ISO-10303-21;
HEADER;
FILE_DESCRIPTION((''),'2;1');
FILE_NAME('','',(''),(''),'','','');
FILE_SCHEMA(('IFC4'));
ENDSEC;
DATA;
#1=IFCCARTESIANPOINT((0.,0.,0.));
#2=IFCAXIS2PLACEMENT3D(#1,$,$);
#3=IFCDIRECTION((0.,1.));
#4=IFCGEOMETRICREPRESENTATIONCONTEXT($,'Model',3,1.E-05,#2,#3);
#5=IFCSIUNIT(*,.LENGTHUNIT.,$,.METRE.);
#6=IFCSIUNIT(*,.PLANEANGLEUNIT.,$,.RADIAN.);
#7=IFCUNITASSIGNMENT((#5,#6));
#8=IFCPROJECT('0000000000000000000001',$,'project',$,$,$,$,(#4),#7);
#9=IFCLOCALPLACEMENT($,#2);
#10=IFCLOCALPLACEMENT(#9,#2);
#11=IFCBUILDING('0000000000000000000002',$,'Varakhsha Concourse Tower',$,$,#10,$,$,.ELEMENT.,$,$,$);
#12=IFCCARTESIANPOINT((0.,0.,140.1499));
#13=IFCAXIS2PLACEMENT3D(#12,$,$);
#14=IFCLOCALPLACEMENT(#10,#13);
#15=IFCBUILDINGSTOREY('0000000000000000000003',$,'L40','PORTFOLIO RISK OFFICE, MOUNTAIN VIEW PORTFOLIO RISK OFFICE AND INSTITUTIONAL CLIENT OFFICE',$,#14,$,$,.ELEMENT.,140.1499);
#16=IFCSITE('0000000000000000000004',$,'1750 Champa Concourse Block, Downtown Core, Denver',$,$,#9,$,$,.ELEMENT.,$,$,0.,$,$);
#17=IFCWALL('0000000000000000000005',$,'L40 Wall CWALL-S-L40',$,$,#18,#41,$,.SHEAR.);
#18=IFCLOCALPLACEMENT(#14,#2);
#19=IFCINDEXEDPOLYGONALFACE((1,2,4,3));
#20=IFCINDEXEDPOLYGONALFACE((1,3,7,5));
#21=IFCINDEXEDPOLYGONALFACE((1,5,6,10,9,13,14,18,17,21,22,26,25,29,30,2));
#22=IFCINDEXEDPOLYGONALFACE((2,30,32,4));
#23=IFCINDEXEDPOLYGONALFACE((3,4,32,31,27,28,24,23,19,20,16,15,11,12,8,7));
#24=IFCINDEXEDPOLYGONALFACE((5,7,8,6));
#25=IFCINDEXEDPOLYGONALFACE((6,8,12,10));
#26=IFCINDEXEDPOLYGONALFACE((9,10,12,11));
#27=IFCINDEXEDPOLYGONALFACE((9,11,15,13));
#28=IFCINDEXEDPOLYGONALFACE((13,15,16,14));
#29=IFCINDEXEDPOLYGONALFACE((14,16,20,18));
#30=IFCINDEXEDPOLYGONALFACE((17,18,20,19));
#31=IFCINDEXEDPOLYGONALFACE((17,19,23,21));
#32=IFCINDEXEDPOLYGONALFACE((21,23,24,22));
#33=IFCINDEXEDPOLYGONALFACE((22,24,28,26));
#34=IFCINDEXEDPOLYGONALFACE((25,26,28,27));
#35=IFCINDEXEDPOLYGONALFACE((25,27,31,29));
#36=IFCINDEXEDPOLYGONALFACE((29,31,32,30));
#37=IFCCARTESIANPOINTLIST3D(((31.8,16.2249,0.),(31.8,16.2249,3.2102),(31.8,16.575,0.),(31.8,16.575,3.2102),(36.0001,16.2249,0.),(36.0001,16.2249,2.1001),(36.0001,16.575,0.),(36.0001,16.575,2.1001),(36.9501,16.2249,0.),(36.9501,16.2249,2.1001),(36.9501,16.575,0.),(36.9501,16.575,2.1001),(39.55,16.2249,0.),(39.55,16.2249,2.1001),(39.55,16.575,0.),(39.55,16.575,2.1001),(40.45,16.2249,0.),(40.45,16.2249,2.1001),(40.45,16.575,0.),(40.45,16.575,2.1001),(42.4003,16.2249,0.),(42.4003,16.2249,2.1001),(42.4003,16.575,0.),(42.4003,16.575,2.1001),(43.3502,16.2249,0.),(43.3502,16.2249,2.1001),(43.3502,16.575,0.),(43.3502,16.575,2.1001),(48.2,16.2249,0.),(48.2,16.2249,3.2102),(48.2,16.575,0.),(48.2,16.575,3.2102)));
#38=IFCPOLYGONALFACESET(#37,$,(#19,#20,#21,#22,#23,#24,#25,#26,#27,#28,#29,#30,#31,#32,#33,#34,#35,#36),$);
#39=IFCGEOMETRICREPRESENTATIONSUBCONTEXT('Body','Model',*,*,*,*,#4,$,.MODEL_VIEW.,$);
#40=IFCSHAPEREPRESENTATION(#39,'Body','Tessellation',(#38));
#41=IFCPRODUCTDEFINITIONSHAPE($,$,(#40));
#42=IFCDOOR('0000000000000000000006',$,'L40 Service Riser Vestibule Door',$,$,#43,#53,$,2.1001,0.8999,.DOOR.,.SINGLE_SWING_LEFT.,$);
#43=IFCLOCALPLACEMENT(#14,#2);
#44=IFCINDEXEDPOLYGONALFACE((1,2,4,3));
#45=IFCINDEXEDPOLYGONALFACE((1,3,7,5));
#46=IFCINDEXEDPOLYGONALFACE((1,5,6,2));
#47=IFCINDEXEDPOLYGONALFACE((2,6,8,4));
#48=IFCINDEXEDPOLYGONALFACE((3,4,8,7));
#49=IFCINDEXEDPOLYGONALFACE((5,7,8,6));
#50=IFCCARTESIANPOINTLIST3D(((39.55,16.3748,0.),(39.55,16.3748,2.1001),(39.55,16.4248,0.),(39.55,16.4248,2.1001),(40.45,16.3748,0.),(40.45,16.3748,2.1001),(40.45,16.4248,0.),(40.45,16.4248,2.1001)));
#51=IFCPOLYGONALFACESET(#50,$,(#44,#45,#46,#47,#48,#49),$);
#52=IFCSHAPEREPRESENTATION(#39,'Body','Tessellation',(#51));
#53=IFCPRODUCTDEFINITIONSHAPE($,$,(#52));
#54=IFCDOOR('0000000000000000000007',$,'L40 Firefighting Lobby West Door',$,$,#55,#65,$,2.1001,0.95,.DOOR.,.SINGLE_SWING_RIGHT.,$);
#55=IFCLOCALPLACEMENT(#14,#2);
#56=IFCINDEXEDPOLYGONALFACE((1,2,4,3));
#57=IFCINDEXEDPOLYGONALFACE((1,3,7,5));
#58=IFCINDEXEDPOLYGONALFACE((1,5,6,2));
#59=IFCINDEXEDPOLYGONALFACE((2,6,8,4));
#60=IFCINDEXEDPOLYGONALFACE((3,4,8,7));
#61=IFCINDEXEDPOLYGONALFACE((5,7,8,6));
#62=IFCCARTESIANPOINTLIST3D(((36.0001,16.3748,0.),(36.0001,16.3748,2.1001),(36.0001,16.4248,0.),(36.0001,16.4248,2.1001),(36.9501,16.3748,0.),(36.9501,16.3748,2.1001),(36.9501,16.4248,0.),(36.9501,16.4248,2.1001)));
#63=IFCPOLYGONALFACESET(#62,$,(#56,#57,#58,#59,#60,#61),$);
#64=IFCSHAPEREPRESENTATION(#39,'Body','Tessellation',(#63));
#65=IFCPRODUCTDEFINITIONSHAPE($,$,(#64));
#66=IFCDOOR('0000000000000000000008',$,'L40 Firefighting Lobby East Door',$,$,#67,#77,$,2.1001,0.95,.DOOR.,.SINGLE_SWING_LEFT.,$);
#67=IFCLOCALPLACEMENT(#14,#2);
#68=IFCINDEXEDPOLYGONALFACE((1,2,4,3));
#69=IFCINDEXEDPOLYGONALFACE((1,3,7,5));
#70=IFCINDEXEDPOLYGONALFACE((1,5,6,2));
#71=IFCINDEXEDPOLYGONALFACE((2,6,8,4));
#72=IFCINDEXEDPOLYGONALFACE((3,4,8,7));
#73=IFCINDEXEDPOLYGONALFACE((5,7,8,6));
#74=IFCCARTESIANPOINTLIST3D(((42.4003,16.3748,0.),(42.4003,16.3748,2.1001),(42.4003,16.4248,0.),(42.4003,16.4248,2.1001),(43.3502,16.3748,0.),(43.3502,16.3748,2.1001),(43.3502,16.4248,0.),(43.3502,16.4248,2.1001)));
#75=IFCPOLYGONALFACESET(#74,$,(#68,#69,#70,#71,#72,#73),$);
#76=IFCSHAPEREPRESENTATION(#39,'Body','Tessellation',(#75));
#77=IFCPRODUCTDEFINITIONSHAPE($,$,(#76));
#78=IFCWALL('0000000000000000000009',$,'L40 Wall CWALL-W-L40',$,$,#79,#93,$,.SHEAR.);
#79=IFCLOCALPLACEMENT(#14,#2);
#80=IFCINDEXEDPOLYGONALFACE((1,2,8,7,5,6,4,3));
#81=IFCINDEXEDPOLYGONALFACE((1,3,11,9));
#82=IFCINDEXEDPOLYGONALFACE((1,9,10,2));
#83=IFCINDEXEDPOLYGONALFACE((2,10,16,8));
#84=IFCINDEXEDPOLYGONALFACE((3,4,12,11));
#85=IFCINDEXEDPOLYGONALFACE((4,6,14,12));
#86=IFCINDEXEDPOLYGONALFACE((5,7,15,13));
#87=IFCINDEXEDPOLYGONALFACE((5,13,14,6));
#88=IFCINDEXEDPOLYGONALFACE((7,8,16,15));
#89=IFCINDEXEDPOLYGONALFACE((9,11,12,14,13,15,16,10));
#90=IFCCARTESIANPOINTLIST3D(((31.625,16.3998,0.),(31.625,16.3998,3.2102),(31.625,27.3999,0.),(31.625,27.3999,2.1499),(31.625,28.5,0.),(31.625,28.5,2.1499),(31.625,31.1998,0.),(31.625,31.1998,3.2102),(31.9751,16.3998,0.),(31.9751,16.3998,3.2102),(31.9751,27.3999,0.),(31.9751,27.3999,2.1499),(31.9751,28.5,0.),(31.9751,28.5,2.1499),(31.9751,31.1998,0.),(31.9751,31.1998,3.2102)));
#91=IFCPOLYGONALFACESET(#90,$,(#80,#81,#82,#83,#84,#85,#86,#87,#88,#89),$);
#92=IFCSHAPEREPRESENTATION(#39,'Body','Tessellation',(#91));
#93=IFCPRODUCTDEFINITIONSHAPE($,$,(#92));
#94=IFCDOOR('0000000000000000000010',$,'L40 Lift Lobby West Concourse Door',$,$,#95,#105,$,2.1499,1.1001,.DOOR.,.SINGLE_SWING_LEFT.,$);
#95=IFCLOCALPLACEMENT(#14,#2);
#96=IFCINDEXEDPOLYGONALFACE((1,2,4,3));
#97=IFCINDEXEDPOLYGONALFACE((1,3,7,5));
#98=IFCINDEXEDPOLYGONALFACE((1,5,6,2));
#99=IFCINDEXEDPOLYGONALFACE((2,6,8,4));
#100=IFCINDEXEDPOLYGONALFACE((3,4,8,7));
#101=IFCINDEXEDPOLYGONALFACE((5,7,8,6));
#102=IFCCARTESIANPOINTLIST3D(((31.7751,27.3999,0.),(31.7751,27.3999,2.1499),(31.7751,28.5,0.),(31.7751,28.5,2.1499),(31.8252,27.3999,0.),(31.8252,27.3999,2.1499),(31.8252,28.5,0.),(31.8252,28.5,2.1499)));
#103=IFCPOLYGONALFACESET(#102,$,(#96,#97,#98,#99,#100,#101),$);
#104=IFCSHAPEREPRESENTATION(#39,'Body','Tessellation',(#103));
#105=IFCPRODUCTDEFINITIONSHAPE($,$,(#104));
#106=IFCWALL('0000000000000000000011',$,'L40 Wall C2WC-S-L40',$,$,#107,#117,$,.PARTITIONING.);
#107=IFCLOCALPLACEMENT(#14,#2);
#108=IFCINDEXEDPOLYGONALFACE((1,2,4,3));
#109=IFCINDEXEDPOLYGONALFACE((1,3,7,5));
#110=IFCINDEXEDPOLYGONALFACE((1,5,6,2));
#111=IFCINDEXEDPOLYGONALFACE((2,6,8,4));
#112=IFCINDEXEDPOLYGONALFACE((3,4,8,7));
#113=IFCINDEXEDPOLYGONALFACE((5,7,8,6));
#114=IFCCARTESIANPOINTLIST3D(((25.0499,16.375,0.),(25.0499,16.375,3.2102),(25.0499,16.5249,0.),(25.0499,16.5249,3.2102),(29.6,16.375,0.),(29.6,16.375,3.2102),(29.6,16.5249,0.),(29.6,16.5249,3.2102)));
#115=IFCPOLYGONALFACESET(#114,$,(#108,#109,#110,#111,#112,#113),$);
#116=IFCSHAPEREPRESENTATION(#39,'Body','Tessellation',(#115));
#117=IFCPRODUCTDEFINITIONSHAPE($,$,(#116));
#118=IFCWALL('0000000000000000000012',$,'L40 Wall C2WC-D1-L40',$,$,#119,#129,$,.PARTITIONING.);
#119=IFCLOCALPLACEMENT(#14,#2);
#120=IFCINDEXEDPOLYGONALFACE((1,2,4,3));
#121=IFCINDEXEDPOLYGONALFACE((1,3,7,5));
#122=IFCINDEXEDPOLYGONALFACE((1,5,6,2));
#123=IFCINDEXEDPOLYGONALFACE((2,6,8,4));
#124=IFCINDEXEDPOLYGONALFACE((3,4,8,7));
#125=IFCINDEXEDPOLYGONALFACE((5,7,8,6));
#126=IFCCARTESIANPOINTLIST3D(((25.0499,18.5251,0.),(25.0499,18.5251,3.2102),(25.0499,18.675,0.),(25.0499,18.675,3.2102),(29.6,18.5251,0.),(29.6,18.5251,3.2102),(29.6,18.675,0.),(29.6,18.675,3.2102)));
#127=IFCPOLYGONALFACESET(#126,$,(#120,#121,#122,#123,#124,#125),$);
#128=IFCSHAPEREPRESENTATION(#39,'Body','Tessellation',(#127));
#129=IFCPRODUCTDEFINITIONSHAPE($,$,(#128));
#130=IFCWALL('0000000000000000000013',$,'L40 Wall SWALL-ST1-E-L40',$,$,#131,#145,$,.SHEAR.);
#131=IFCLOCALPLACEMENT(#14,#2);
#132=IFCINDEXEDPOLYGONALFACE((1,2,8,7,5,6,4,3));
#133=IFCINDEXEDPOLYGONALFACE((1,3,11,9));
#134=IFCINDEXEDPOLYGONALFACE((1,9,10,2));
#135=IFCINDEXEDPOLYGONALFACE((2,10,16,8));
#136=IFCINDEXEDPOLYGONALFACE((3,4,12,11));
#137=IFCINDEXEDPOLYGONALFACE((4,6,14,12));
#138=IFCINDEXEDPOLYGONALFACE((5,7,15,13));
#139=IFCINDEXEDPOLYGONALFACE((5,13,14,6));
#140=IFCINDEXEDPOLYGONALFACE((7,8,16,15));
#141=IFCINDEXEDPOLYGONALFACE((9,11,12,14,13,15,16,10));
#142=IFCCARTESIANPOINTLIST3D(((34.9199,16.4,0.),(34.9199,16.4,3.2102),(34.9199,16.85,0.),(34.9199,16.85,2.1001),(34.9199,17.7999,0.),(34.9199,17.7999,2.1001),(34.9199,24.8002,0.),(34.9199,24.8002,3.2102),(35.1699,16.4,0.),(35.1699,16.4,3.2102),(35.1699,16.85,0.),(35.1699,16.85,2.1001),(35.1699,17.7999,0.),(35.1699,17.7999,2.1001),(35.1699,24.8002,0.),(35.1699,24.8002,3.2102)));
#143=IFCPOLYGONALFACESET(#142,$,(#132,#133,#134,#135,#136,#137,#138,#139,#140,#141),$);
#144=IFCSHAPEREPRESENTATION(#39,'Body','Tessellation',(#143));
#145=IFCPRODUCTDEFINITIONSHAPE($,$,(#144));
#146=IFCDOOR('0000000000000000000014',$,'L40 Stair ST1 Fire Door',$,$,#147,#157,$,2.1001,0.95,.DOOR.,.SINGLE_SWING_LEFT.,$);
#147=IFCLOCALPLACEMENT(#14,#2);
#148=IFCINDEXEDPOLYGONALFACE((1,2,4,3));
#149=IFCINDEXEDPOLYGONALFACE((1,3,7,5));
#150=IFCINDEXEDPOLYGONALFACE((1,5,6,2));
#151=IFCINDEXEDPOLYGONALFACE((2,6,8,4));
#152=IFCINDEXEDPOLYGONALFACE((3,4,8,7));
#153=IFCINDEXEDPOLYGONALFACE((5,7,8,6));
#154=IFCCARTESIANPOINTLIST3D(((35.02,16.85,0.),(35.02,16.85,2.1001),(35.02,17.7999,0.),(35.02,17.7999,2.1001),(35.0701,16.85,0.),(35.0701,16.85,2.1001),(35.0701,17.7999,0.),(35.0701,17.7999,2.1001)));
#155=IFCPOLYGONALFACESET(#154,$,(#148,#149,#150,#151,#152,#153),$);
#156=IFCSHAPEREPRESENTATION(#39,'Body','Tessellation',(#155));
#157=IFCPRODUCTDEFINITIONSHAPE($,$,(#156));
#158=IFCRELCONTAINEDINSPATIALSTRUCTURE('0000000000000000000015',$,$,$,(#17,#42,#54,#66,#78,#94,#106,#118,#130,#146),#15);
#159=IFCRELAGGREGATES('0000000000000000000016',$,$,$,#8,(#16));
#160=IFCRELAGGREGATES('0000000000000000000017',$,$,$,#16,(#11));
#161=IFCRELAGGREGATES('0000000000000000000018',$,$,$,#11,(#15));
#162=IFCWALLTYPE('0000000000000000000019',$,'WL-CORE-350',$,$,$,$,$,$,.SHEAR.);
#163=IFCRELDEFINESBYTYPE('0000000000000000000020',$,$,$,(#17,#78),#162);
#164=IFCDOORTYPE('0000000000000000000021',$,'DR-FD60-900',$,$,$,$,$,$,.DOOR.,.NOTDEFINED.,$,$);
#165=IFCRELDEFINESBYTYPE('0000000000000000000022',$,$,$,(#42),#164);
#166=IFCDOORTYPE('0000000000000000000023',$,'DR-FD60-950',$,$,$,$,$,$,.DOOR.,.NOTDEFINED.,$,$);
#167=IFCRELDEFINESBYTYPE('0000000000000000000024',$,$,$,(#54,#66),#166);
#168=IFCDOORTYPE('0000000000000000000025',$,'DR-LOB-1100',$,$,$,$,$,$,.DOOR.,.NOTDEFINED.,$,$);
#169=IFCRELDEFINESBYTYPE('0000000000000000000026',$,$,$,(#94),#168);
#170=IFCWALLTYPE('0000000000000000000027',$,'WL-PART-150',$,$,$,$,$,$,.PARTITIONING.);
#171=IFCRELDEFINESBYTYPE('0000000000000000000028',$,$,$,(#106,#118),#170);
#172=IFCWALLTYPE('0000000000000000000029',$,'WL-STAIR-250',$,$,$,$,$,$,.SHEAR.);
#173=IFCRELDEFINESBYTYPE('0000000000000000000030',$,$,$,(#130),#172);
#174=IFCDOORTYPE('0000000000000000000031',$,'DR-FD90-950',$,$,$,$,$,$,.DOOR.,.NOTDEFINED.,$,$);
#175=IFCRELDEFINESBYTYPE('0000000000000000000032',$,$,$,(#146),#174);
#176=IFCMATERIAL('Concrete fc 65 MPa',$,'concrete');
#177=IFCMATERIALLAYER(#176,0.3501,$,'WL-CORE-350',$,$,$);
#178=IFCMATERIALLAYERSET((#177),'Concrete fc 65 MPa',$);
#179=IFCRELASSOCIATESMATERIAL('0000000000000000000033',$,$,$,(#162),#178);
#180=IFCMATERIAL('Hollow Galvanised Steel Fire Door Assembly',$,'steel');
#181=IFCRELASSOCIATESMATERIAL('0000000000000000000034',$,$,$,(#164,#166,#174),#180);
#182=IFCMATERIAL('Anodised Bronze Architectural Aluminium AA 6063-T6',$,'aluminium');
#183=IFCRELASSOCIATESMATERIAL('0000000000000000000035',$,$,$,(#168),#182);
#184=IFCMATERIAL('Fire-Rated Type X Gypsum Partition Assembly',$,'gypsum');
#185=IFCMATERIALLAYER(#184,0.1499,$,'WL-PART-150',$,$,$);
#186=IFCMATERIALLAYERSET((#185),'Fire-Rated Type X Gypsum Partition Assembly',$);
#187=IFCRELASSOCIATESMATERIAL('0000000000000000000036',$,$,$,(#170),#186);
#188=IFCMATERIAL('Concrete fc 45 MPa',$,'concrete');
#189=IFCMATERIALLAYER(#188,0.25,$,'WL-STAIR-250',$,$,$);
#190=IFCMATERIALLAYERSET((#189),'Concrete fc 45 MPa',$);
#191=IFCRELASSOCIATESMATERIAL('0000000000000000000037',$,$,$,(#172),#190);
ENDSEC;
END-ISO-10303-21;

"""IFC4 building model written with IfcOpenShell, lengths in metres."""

from ifc_helpers import new_model, si_unit, direction, frame, frame_2d, origin, place, context, subcontext, project, spatial, rectangle, extrude, material, layer, layer_set, type_object, element, fill, save


model = new_model("IFC4")

# Units and contexts
model_context = context("Model", 3, precision=1e-05, world=origin(), true_north=direction((0.0, 1.0)))
body_context = subcontext(model_context, "Body", "Model", "MODEL_VIEW")
ifc_project = project(units=[si_unit("LENGTHUNIT", "METRE"), si_unit("PLANEANGLEUNIT", "RADIAN")], contexts=[model_context])

# Site, building, storey
site_placement = place(None, origin())
site = spatial("IfcSite", under=ifc_project, at=site_placement, Name="1750 Champa Concourse Block, Downtown Core, Denver", CompositionType="ELEMENT", RefElevation=0.0)
building_placement = place(site_placement, origin())
building = spatial("IfcBuilding", under=site, at=building_placement, Name="Varakhsha Concourse Tower", CompositionType="ELEMENT")
storey_placement = place(building_placement, frame((0.0, 0.0, 140.1499)))
storey = spatial("IfcBuildingStorey", under=building, at=storey_placement, Name="L40", Description="PORTFOLIO RISK OFFICE, MOUNTAIN VIEW PORTFOLIO RISK OFFICE AND INSTITUTIONAL CLIENT OFFICE", CompositionType="ELEMENT", Elevation=140.1499)

# Shared definitions
ifc_material_1 = material(Name="Concrete fc 65 MPa", Category="concrete")

# Wall, openings, doors
ifc_layer_1 = layer(ifc_material_1, 0.3501, Name="WL-CORE-350")
ifc_layer_set_1 = layer_set([ifc_layer_1], Name="Concrete fc 65 MPa")
wall_type_1 = type_object("IfcWallType", Name="WL-CORE-350", PredefinedType="SHEAR", material=ifc_layer_set_1)
wall_1_placement = place(storey_placement, frame((31.8, 16.3999, 0.0), z_axis=(0.0, 0.0, 1.0), x_axis=(1.0, 0.0, 0.0)))
wall_1 = element("IfcWall", 1, at=wall_1_placement, inside=storey, type_object=wall_type_1, Name="L40 Wall CWALL-S-L40", PredefinedType="SHEAR", context=body_context, shape_type="SweptSolid", body=[
    extrude(rectangle(XDim=16.3999, YDim=0.3501, at=frame_2d((8.2, 0.0))), origin(), (0.0, 0.0, 1.0), 3.2102),
])
opening_1_placement = place(wall_1_placement, frame((7.75, 0.0, 0.0)))
opening_1 = element("IfcOpeningElement", 2, at=opening_1_placement, cuts=wall_1, PredefinedType="OPENING", context=body_context, shape_type="SweptSolid", body=[
    extrude(rectangle(XDim=0.8999, YDim=2.1001, at=frame_2d((0.45, 1.05))), frame((0.0, 0.1851, 0.0), z_axis=(0.0, -1.0, 0.0), x_axis=(1.0, 0.0, 0.0)), (0.0, 0.0, 1.0), 0.3701),
])
opening_2_placement = place(wall_1_placement, frame((4.2, 0.0, 0.0)))
opening_2 = element("IfcOpeningElement", 3, at=opening_2_placement, cuts=wall_1, PredefinedType="OPENING", context=body_context, shape_type="SweptSolid", body=[
    extrude(rectangle(XDim=0.95, YDim=2.1001, at=frame_2d((0.4751, 1.05))), frame((0.0, 0.1851, 0.0), z_axis=(0.0, -1.0, 0.0), x_axis=(1.0, 0.0, 0.0)), (0.0, 0.0, 1.0), 0.3701),
])
opening_3_placement = place(wall_1_placement, frame((10.6001, 0.0, 0.0)))
opening_3 = element("IfcOpeningElement", 4, at=opening_3_placement, cuts=wall_1, PredefinedType="OPENING", context=body_context, shape_type="SweptSolid", body=[
    extrude(rectangle(XDim=0.95, YDim=2.1001, at=frame_2d((0.4751, 1.05))), frame((0.0, 0.1851, 0.0), z_axis=(0.0, -1.0, 0.0), x_axis=(1.0, 0.0, 0.0)), (0.0, 0.0, 1.0), 0.3701),
])
ifc_material_2 = material(Name="Hollow Galvanised Steel Fire Door Assembly", Category="steel")
door_type_1 = type_object("IfcDoorType", Name="DR-FD60-900", OperationType="NOTDEFINED", PredefinedType="DOOR", material=ifc_material_2)
door_1_placement = place(opening_1_placement, origin())
door_1 = element("IfcDoor", 5, at=door_1_placement, inside=storey, type_object=door_type_1, Name="L40 Service Riser Vestibule Door", OperationType="SINGLE_SWING_LEFT", OverallHeight=2.1001, OverallWidth=0.8999, PredefinedType="DOOR", context=body_context, shape_type="SweptSolid", body=[
    extrude(rectangle(XDim=0.8999, YDim=2.1001, at=frame_2d((0.45, 1.05))), frame((0.0, 0.0249, 0.0), z_axis=(0.0, -1.0, 0.0), x_axis=(1.0, 0.0, 0.0)), (0.0, 0.0, 1.0), 0.05),
])
fill(opening_1, door_1)
door_type_2 = type_object("IfcDoorType", Name="DR-FD60-950", OperationType="NOTDEFINED", PredefinedType="DOOR", material=ifc_material_2)
door_2_placement = place(opening_2_placement, origin())
door_2 = element("IfcDoor", 6, at=door_2_placement, inside=storey, type_object=door_type_2, Name="L40 Firefighting Lobby West Door", OperationType="SINGLE_SWING_RIGHT", OverallHeight=2.1001, OverallWidth=0.95, PredefinedType="DOOR", context=body_context, shape_type="SweptSolid", body=[
    extrude(rectangle(XDim=0.95, YDim=2.1001, at=frame_2d((0.4751, 1.05))), frame((0.0, 0.0249, 0.0), z_axis=(0.0, -1.0, 0.0), x_axis=(1.0, 0.0, 0.0)), (0.0, 0.0, 1.0), 0.05),
])
fill(opening_2, door_2)
door_3_placement = place(opening_3_placement, origin())
door_3 = element("IfcDoor", 7, at=door_3_placement, inside=storey, type_object=door_type_2, Name="L40 Firefighting Lobby East Door", OperationType="SINGLE_SWING_LEFT", OverallHeight=2.1001, OverallWidth=0.95, PredefinedType="DOOR", context=body_context, shape_type="SweptSolid", body=[
    extrude(rectangle(XDim=0.95, YDim=2.1001, at=frame_2d((0.4751, 1.05))), frame((0.0, 0.0249, 0.0), z_axis=(0.0, -1.0, 0.0), x_axis=(1.0, 0.0, 0.0)), (0.0, 0.0, 1.0), 0.05),
])
fill(opening_3, door_3)

# Wall, opening, door
wall_2_placement = place(storey_placement, frame((31.8, 16.3999, 0.0), z_axis=(0.0, 0.0, 1.0), x_axis=(0.0, 1.0, 0.0)))
wall_2 = element("IfcWall", 8, at=wall_2_placement, inside=storey, type_object=wall_type_1, Name="L40 Wall CWALL-W-L40", PredefinedType="SHEAR", context=body_context, shape_type="SweptSolid", body=[
    extrude(rectangle(XDim=14.8, YDim=0.3501, at=frame_2d((7.3999, 0.0))), origin(), (0.0, 0.0, 1.0), 3.2102),
])
opening_4_placement = place(wall_2_placement, frame((11.0, 0.0, 0.0)))
opening_4 = element("IfcOpeningElement", 9, at=opening_4_placement, cuts=wall_2, PredefinedType="OPENING", context=body_context, shape_type="SweptSolid", body=[
    extrude(rectangle(XDim=1.1001, YDim=2.1499, at=frame_2d((0.55, 1.075))), frame((0.0, 0.1851, 0.0), z_axis=(0.0, -1.0, 0.0), x_axis=(1.0, 0.0, 0.0)), (0.0, 0.0, 1.0), 0.3701),
])
ifc_material_3 = material(Name="Anodised Bronze Architectural Aluminium AA 6063-T6", Category="aluminium")
door_type_3 = type_object("IfcDoorType", Name="DR-LOB-1100", OperationType="NOTDEFINED", PredefinedType="DOOR", material=ifc_material_3)
door_4_placement = place(opening_4_placement, origin())
door_4 = element("IfcDoor", 10, at=door_4_placement, inside=storey, type_object=door_type_3, Name="L40 Lift Lobby West Concourse Door", OperationType="SINGLE_SWING_LEFT", OverallHeight=2.1499, OverallWidth=1.1001, PredefinedType="DOOR", context=body_context, shape_type="SweptSolid", body=[
    extrude(rectangle(XDim=1.1001, YDim=2.1499, at=frame_2d((0.55, 1.075))), frame((0.0, 0.0249, 0.0), z_axis=(0.0, -1.0, 0.0), x_axis=(1.0, 0.0, 0.0)), (0.0, 0.0, 1.0), 0.05),
])
fill(opening_4, door_4)

# Walls
ifc_material_4 = material(Name="Fire-Rated Type X Gypsum Partition Assembly", Category="gypsum")
ifc_layer_2 = layer(ifc_material_4, 0.1499, Name="WL-PART-150")
ifc_layer_set_2 = layer_set([ifc_layer_2], Name="Fire-Rated Type X Gypsum Partition Assembly")
wall_type_2 = type_object("IfcWallType", Name="WL-PART-150", PredefinedType="PARTITIONING", material=ifc_layer_set_2)
for number, where, z_axis, x_axis, name in (
    (11, (25.05, 16.45, 0.0), (0.0, 0.0, 1.0), (1.0, 0.0, 0.0), "L40 Wall C2WC-S-L40"),
    (12, (25.05, 18.6001, 0.0), (0.0, 0.0, 1.0), (1.0, 0.0, 0.0), "L40 Wall C2WC-D1-L40"),
):
    element("IfcWall", number, at=place(storey_placement, frame(where, z_axis=z_axis, x_axis=x_axis)), inside=storey, type_object=wall_type_2, Name=name, PredefinedType="PARTITIONING", context=body_context, shape_type="SweptSolid", body=[
        extrude(rectangle(XDim=4.55, YDim=0.1499, at=frame_2d((2.2749, 0.0))), origin(), (0.0, 0.0, 1.0), 3.2102),
    ])

# Wall, opening, door
ifc_material_5 = material(Name="Concrete fc 45 MPa", Category="concrete")
ifc_layer_3 = layer(ifc_material_5, 0.25, Name="WL-STAIR-250")
ifc_layer_set_3 = layer_set([ifc_layer_3], Name="Concrete fc 45 MPa")
wall_type_3 = type_object("IfcWallType", Name="WL-STAIR-250", PredefinedType="SHEAR", material=ifc_layer_set_3)
wall_3_placement = place(storey_placement, frame((35.0449, 16.3999, 0.0), z_axis=(0.0, 0.0, 1.0), x_axis=(0.0, 1.0, 0.0)))
wall_3 = element("IfcWall", 13, at=wall_3_placement, inside=storey, type_object=wall_type_3, Name="L40 Wall SWALL-ST1-E-L40", PredefinedType="SHEAR", context=body_context, shape_type="SweptSolid", body=[
    extrude(rectangle(XDim=8.4001, YDim=0.25, at=frame_2d((4.2002, 0.0))), origin(), (0.0, 0.0, 1.0), 3.2102),
])
opening_5_placement = place(wall_3_placement, frame((0.45, 0.0, 0.0)))
opening_5 = element("IfcOpeningElement", 14, at=opening_5_placement, cuts=wall_3, PredefinedType="OPENING", context=body_context, shape_type="SweptSolid", body=[
    extrude(rectangle(XDim=0.95, YDim=2.1001, at=frame_2d((0.4751, 1.05))), frame((0.0, 0.135, 0.0), z_axis=(0.0, -1.0, 0.0), x_axis=(1.0, 0.0, 0.0)), (0.0, 0.0, 1.0), 0.27),
])
door_type_4 = type_object("IfcDoorType", Name="DR-FD90-950", OperationType="NOTDEFINED", PredefinedType="DOOR", material=ifc_material_2)
door_5_placement = place(opening_5_placement, origin())
door_5 = element("IfcDoor", 15, at=door_5_placement, inside=storey, type_object=door_type_4, Name="L40 Stair ST1 Fire Door", OperationType="SINGLE_SWING_LEFT", OverallHeight=2.1001, OverallWidth=0.95, PredefinedType="DOOR", context=body_context, shape_type="SweptSolid", body=[
    extrude(rectangle(XDim=0.95, YDim=2.1001, at=frame_2d((0.4751, 1.05))), frame((0.0, 0.0249, 0.0), z_axis=(0.0, -1.0, 0.0), x_axis=(1.0, 0.0, 0.0)), (0.0, 0.0, 1.0), 0.05),
])
fill(opening_5, door_5)

save(model, "model.ifc")
